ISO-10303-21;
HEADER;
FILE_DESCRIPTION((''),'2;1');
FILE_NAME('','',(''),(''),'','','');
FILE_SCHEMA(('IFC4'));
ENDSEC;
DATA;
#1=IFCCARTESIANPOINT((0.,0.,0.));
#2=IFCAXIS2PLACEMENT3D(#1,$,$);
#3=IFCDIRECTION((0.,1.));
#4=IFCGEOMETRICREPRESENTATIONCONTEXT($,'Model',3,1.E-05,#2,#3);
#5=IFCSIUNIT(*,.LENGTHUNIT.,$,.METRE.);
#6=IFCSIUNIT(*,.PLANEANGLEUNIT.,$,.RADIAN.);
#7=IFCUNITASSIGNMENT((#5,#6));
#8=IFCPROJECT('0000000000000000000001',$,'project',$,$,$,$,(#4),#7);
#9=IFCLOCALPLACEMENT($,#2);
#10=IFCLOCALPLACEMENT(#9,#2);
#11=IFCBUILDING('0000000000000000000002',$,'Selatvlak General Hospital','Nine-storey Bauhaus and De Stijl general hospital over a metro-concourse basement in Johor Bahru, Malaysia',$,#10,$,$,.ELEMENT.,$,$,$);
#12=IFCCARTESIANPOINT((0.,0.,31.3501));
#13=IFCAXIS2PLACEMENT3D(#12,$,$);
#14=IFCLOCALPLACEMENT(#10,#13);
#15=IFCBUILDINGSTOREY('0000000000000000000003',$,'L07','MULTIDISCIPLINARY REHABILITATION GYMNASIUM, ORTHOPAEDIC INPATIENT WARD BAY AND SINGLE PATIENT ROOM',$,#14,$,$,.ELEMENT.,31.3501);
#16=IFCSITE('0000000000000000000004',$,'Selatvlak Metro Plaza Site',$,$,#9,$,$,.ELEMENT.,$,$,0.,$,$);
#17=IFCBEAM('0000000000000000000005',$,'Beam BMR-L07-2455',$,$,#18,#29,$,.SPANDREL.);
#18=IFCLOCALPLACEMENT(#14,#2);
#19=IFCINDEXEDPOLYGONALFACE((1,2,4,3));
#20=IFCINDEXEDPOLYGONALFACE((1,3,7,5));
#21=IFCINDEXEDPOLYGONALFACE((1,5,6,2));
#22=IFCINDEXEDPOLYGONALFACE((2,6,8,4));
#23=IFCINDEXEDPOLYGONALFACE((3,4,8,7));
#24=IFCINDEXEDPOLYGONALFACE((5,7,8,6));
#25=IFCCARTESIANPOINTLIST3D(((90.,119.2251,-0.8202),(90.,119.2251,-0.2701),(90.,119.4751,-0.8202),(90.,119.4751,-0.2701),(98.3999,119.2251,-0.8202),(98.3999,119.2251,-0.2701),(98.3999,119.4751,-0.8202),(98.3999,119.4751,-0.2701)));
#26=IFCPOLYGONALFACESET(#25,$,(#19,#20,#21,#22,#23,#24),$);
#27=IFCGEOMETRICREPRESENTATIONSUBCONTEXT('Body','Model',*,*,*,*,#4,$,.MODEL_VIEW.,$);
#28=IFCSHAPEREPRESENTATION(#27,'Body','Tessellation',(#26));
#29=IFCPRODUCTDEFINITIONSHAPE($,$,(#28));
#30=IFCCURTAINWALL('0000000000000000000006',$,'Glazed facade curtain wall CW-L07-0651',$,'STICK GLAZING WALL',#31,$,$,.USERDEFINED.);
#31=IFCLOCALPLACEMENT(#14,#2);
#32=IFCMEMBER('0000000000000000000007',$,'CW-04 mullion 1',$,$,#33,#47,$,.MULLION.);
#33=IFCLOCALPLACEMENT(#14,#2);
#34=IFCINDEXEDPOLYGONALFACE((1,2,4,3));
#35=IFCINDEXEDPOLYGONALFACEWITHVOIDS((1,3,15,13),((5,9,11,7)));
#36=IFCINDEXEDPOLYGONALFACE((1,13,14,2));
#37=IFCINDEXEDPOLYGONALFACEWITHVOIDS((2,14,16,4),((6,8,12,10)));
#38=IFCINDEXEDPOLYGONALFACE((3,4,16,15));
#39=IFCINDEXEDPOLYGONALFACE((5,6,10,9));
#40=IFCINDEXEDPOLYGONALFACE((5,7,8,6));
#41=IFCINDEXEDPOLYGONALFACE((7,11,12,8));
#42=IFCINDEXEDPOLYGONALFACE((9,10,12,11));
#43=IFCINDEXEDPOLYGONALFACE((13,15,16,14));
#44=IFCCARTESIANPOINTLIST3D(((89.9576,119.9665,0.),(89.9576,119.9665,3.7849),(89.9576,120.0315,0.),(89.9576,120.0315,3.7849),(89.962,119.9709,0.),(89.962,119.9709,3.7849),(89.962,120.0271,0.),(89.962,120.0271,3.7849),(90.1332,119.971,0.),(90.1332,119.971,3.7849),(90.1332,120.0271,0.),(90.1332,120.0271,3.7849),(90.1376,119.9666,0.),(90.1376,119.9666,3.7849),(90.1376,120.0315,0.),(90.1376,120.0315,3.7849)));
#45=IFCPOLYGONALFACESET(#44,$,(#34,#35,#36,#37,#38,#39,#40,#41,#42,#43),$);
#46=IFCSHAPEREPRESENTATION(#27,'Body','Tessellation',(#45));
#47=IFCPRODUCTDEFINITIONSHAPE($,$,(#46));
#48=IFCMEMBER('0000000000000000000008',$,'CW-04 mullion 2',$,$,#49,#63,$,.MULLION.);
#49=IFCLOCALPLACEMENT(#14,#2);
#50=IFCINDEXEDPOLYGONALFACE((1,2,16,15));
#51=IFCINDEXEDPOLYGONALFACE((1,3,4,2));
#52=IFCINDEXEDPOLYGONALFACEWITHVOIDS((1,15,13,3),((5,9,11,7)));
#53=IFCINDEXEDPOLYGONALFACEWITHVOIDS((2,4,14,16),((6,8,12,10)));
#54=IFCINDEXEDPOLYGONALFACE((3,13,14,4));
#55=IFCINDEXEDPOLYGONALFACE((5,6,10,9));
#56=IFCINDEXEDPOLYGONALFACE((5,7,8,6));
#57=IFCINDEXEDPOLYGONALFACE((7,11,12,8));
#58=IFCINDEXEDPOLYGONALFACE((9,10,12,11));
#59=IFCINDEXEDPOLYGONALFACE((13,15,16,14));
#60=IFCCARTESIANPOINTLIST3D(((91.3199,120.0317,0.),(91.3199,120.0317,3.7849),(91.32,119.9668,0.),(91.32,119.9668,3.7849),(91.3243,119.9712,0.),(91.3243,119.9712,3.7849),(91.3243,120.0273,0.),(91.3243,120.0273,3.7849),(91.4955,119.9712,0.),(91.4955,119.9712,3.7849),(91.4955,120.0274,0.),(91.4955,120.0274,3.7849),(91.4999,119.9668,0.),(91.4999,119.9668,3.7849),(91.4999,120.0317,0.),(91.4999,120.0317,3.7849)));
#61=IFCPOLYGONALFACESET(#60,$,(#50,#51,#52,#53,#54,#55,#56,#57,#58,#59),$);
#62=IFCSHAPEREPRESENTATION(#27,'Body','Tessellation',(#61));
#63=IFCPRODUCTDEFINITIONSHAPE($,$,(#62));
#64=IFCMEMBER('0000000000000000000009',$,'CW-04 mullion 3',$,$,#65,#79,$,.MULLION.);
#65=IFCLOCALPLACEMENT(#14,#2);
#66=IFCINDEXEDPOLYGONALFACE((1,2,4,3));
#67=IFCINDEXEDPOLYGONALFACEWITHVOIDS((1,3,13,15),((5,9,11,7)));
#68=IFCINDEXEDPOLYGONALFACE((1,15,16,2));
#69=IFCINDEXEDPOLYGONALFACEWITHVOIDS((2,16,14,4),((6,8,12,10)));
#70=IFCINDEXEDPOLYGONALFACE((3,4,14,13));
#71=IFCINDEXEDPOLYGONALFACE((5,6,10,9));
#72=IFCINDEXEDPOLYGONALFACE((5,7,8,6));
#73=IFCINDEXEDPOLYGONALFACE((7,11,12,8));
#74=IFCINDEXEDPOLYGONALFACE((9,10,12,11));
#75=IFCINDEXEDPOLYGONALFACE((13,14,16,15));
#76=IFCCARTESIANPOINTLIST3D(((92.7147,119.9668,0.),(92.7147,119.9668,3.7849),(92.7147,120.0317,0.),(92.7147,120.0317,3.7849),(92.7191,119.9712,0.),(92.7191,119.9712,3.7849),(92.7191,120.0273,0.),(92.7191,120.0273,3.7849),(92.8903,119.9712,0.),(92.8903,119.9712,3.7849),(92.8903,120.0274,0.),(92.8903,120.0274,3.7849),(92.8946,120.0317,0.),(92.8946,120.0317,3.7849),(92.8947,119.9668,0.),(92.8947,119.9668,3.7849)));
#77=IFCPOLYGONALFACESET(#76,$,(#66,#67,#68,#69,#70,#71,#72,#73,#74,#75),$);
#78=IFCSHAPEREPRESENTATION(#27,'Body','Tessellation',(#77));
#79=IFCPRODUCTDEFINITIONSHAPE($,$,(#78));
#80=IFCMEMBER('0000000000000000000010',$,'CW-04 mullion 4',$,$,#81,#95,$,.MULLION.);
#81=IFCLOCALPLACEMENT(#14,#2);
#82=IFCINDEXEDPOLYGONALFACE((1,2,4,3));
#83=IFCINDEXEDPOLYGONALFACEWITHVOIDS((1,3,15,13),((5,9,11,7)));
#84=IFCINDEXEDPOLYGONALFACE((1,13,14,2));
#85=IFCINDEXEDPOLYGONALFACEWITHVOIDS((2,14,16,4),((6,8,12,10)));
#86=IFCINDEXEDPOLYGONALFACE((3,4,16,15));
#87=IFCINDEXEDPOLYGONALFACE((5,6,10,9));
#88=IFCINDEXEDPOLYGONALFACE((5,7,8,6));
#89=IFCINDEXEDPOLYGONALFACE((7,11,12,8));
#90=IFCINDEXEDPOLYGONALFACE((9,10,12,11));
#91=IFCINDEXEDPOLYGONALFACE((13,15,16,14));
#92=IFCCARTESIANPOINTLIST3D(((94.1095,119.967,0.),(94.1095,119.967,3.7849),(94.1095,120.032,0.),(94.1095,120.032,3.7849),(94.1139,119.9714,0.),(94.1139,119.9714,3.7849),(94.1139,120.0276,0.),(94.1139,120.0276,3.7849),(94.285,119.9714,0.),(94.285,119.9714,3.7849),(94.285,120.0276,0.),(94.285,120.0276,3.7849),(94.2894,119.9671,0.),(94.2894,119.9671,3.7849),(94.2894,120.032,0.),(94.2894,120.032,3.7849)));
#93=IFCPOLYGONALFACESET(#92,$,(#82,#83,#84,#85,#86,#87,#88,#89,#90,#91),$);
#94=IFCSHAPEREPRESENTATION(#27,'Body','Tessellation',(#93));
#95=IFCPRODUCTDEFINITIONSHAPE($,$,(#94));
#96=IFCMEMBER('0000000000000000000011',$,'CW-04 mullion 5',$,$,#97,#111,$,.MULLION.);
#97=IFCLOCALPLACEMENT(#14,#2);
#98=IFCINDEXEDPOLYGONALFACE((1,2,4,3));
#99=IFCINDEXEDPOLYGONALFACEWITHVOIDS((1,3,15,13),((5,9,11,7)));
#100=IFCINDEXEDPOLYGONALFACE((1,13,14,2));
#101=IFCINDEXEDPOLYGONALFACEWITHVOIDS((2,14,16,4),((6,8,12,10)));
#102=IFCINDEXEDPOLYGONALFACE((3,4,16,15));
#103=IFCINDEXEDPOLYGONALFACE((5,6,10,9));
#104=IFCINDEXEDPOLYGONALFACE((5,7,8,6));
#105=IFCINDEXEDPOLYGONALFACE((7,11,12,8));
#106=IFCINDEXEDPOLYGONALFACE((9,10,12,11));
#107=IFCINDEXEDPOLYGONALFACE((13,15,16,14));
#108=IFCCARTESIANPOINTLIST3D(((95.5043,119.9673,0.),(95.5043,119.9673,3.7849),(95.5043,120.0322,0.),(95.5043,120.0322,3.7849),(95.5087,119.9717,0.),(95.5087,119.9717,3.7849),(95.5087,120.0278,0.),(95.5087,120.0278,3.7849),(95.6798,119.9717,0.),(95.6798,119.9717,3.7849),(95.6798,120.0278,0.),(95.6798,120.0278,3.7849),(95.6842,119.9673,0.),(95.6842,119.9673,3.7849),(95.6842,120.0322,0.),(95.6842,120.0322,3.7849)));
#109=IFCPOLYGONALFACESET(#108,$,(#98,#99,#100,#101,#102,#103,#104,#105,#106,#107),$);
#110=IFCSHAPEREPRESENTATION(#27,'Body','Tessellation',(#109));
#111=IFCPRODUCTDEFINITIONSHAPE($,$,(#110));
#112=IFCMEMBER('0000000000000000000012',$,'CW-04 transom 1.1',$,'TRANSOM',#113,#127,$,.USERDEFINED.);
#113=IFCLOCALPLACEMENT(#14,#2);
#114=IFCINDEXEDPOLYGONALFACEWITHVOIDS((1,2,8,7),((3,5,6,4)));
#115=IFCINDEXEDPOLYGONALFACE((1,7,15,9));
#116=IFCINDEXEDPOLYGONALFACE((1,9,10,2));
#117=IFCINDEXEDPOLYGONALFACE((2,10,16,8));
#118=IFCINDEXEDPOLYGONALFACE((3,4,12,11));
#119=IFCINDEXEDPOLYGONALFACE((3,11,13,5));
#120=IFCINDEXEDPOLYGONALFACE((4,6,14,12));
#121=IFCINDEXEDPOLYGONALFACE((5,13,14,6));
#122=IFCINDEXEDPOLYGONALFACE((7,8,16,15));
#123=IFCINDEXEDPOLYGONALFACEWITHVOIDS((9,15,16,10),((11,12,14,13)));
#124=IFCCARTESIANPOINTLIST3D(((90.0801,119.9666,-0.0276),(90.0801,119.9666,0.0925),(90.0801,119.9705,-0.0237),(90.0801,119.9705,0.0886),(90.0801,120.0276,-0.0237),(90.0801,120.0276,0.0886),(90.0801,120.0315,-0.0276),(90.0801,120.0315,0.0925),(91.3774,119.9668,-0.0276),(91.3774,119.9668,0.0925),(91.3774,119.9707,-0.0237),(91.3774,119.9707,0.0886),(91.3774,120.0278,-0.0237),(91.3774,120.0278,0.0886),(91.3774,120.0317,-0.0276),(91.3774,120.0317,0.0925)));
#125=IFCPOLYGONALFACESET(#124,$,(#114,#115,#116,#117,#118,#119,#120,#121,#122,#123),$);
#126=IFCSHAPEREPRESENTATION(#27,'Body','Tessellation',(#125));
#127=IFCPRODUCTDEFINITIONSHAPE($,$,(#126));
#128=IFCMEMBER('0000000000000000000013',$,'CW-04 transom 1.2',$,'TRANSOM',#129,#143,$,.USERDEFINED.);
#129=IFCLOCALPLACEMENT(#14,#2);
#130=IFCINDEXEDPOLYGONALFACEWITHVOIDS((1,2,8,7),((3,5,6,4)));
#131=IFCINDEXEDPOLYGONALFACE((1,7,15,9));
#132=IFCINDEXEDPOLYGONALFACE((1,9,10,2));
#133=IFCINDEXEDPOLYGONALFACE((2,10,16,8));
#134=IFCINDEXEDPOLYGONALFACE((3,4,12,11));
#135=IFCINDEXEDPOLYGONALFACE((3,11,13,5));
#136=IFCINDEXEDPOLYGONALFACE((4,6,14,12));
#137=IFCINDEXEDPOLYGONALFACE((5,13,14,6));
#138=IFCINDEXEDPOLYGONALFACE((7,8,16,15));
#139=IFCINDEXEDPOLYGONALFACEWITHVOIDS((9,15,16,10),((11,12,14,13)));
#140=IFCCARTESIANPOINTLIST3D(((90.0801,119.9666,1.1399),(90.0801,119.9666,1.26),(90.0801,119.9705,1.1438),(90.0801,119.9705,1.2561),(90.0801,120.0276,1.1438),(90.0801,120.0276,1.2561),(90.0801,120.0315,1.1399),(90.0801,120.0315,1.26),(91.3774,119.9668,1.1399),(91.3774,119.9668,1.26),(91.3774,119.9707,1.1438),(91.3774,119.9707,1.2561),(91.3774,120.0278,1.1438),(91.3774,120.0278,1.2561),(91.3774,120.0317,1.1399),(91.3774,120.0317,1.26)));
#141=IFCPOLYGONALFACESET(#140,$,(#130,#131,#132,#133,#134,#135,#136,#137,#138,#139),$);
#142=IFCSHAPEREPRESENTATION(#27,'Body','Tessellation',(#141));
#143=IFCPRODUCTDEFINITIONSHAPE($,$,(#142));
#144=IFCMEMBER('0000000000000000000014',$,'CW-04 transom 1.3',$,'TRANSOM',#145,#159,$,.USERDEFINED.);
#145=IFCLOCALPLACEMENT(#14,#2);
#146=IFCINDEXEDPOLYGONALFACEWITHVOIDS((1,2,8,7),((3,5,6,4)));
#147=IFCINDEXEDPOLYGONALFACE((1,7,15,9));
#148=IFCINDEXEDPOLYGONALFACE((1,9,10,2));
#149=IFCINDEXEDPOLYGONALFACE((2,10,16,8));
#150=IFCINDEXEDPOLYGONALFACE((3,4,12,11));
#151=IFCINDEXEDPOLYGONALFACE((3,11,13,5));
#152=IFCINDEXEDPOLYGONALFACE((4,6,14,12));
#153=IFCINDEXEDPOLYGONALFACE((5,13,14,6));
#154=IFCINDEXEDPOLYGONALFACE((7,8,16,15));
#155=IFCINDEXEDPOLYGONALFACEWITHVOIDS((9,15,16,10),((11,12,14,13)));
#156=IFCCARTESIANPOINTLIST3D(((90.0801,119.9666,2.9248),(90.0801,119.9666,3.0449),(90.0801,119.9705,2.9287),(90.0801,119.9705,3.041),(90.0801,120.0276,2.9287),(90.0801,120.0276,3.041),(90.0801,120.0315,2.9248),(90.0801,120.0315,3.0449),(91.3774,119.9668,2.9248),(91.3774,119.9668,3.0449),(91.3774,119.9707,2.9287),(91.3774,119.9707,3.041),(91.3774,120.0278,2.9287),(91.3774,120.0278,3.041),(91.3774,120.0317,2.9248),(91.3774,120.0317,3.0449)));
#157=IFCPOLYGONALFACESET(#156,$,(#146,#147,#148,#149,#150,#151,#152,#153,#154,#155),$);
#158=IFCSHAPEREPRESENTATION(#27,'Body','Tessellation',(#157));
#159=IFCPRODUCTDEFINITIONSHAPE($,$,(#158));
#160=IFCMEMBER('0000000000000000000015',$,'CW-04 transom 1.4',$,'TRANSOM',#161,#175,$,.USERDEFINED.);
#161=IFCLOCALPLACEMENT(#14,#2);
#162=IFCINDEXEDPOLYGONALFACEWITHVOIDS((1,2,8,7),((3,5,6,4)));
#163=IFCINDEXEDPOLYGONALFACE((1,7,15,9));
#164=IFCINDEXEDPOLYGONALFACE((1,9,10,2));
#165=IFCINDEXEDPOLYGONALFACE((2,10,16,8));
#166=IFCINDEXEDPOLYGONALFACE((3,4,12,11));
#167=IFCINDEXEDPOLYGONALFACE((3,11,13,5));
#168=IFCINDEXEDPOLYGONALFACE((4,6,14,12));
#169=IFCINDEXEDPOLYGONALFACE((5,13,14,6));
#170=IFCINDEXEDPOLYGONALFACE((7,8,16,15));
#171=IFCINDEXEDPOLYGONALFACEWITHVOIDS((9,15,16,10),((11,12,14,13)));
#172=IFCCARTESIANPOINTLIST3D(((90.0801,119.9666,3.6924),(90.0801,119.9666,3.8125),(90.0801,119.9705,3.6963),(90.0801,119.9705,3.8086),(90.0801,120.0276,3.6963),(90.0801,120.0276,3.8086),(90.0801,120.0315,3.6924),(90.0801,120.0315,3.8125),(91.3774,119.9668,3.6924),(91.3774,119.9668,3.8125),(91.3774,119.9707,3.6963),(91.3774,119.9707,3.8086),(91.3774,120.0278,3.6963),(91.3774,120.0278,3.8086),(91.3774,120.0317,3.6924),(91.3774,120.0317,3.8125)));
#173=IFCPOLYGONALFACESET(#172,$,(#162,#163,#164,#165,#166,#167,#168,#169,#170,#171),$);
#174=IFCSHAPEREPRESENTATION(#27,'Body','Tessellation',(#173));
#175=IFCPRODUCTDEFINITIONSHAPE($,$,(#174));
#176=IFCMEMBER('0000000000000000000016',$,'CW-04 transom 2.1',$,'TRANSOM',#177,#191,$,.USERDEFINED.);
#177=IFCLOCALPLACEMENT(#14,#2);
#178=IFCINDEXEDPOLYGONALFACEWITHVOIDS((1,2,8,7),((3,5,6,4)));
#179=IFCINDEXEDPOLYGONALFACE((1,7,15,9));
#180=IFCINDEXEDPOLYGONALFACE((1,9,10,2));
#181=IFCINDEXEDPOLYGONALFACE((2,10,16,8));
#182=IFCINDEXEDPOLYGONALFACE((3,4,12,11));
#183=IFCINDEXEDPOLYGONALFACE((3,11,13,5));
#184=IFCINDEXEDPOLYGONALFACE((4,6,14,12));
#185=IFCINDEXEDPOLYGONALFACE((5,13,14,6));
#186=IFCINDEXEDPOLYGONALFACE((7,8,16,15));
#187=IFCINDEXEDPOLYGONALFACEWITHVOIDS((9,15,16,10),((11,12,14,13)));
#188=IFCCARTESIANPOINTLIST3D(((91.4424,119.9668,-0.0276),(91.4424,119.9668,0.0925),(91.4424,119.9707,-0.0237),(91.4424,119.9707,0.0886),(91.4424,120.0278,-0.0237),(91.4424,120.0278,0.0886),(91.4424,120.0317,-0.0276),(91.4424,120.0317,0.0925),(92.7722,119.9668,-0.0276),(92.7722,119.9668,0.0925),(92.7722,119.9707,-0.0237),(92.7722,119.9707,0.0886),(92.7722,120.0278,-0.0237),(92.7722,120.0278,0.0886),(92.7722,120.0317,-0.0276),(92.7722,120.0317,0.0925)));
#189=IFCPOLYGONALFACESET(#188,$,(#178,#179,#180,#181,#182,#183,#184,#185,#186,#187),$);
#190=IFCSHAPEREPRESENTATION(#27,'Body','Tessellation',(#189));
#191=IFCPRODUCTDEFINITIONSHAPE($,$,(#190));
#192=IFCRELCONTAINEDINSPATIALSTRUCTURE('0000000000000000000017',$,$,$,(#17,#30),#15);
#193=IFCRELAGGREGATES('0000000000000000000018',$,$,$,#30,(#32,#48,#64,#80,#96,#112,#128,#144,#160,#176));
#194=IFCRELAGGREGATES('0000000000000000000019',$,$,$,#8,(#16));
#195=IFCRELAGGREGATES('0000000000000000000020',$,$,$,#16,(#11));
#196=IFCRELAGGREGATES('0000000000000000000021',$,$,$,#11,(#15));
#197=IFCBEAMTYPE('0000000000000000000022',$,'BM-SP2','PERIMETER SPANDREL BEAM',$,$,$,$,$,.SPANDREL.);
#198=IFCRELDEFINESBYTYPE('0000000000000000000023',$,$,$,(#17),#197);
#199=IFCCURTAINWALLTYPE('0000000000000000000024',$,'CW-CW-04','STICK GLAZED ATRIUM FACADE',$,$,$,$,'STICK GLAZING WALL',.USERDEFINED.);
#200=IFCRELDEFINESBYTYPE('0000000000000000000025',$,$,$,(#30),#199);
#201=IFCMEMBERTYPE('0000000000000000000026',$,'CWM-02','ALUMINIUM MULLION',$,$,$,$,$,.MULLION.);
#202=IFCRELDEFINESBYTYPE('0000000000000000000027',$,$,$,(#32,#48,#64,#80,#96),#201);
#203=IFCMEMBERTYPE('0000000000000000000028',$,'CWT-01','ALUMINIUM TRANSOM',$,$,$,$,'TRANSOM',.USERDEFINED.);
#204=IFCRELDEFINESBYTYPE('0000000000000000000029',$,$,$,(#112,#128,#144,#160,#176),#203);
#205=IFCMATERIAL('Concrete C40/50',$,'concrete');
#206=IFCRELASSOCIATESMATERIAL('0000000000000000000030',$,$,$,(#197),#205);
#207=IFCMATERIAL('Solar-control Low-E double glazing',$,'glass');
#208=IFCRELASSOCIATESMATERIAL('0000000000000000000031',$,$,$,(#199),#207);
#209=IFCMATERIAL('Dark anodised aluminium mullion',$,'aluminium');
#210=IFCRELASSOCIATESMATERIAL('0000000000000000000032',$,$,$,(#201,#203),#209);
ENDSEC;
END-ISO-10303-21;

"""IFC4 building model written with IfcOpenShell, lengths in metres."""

from ifc_helpers import new_model, si_unit, direction, frame, origin, origin_2d, place, context, subcontext, project, spatial, rectangle, hollow_rectangle, extrude, material, material_profile, profile_set, type_object, element, aggregate, save


model = new_model("IFC4")

# Units and contexts
model_context = context("Model", 3, precision=1e-05, world=origin(), true_north=direction((0.0, 1.0)))
body_context = subcontext(model_context, "Body", "Model", "MODEL_VIEW")
ifc_project = project(units=[si_unit("LENGTHUNIT", "METRE"), si_unit("PLANEANGLEUNIT", "RADIAN")], contexts=[model_context])

# Site, building, storey
site_placement = place(None, origin())
site = spatial("IfcSite", under=ifc_project, at=site_placement, Name="Selatvlak Metro Plaza Site", CompositionType="ELEMENT", RefElevation=0.0)
building_placement = place(site_placement, origin())
building = spatial("IfcBuilding", under=site, at=building_placement, Name="Selatvlak General Hospital", Description="Nine-storey Bauhaus and De Stijl general hospital over a metro-concourse basement in Johor Bahru, Malaysia", CompositionType="ELEMENT")
storey_placement = place(building_placement, frame((0.0, 0.0, 31.3501)))
storey = spatial("IfcBuildingStorey", under=building, at=storey_placement, Name="L07", Description="MULTIDISCIPLINARY REHABILITATION GYMNASIUM, ORTHOPAEDIC INPATIENT WARD BAY AND SINGLE PATIENT ROOM", CompositionType="ELEMENT", Elevation=31.3501)

# Beam
ifc_material_1 = material(Name="Concrete C40/50", Category="concrete")
ifc_material_profile_1 = material_profile(ifc_material_1, rectangle(XDim=0.25, YDim=0.55, at=origin_2d()), Name="RC-SP 250x550")
ifc_profile_set_1 = profile_set([ifc_material_profile_1], Name="Concrete C40/50")
beam_type = type_object("IfcBeamType", Name="BM-SP2", Description="PERIMETER SPANDREL BEAM", PredefinedType="SPANDREL", material=ifc_profile_set_1)
beam_placement = place(storey_placement, frame((90.0, 119.3501, -0.5452), z_axis=(1.0, 0.0, 0.0), x_axis=(0.0, 1.0, 0.0)))
element("IfcBeam", 1, at=beam_placement, inside=storey, type_object=beam_type, Name="Beam BMR-L07-2455", PredefinedType="SPANDREL", context=body_context, shape_type="SweptSolid", body=[
    extrude(rectangle(XDim=0.25, YDim=0.55, at=origin_2d()), origin(), (0.0, 0.0, 1.0), 8.3999),
])

# Curtain wall, members
ifc_material_2 = material(Name="Solar-control Low-E double glazing", Category="glass")
curtain_wall_type = type_object("IfcCurtainWallType", Name="CW-CW-04", Description="STICK GLAZED ATRIUM FACADE", ElementType="STICK GLAZING WALL", PredefinedType="USERDEFINED", material=ifc_material_2)
curtain_wall_placement = place(storey_placement, origin())
curtain_wall = element("IfcCurtainWall", 2, at=curtain_wall_placement, inside=storey, type_object=curtain_wall_type, Name="Glazed facade curtain wall CW-L07-0651", ObjectType="STICK GLAZING WALL", PredefinedType="USERDEFINED")
ifc_material_3 = material(Name="Dark anodised aluminium mullion", Category="aluminium")
ifc_material_profile_2 = material_profile(ifc_material_3, hollow_rectangle(XDim=0.0649, YDim=0.1799, WallThickness=0.0044, at=origin_2d()), Name="AL-MUL 65x180x4.5")
ifc_profile_set_2 = profile_set([ifc_material_profile_2], Name="Dark anodised aluminium mullion")
member_type_1 = type_object("IfcMemberType", Name="CWM-02", Description="ALUMINIUM MULLION", PredefinedType="MULLION", material=ifc_profile_set_2)
member_1_placement = place(storey_placement, frame((90.0476, 119.999, 0.0), z_axis=(0.0, 0.0, 1.0), x_axis=(-0.000119, 1.0, 0.0)))
member_1 = element("IfcMember", 3, at=member_1_placement, type_object=member_type_1, Name="CW-04 mullion 1", PredefinedType="MULLION", context=body_context, shape_type="SweptSolid", body=[
    extrude(hollow_rectangle(XDim=0.0649, YDim=0.1799, WallThickness=0.0044, at=origin_2d()), origin(), (0.0, 0.0, 1.0), 3.7849),
])
member_2_placement = place(storey_placement, frame((91.4099, 119.9993, 0.0), z_axis=(0.0, 0.0, 1.0), x_axis=(-0.000119, 1.0, 0.0)))
member_2 = element("IfcMember", 4, at=member_2_placement, type_object=member_type_1, Name="CW-04 mullion 2", PredefinedType="MULLION", context=body_context, shape_type="SweptSolid", body=[
    extrude(hollow_rectangle(XDim=0.0649, YDim=0.1799, WallThickness=0.0044, at=origin_2d()), origin(), (0.0, 0.0, 1.0), 3.7849),
])
member_3_placement = place(storey_placement, frame((92.8047, 119.9993, 0.0), z_axis=(0.0, 0.0, 1.0), x_axis=(-0.000119, 1.0, 0.0)))
member_3 = element("IfcMember", 5, at=member_3_placement, type_object=member_type_1, Name="CW-04 mullion 3", PredefinedType="MULLION", context=body_context, shape_type="SweptSolid", body=[
    extrude(hollow_rectangle(XDim=0.0649, YDim=0.1799, WallThickness=0.0044, at=origin_2d()), origin(), (0.0, 0.0, 1.0), 3.7849),
])
member_4_placement = place(storey_placement, frame((94.1995, 119.9995, 0.0), z_axis=(0.0, 0.0, 1.0), x_axis=(-0.000119, 1.0, 0.0)))
member_4 = element("IfcMember", 6, at=member_4_placement, type_object=member_type_1, Name="CW-04 mullion 4", PredefinedType="MULLION", context=body_context, shape_type="SweptSolid", body=[
    extrude(hollow_rectangle(XDim=0.0649, YDim=0.1799, WallThickness=0.0044, at=origin_2d()), origin(), (0.0, 0.0, 1.0), 3.7849),
])
member_5_placement = place(storey_placement, frame((95.5942, 119.9998, 0.0), z_axis=(0.0, 0.0, 1.0), x_axis=(-0.000119, 1.0, 0.0)))
member_5 = element("IfcMember", 7, at=member_5_placement, type_object=member_type_1, Name="CW-04 mullion 5", PredefinedType="MULLION", context=body_context, shape_type="SweptSolid", body=[
    extrude(hollow_rectangle(XDim=0.0649, YDim=0.1799, WallThickness=0.0044, at=origin_2d()), origin(), (0.0, 0.0, 1.0), 3.7849),
])
ifc_material_profile_3 = material_profile(ifc_material_3, hollow_rectangle(XDim=0.0649, YDim=0.1201, WallThickness=0.0039, at=origin_2d()), Name="AL-TRN 65x120x4")
ifc_profile_set_3 = profile_set([ifc_material_profile_3], Name="Dark anodised aluminium mullion")
member_type_2 = type_object("IfcMemberType", Name="CWT-01", Description="ALUMINIUM TRANSOM", ElementType="TRANSOM", PredefinedType="USERDEFINED", material=ifc_profile_set_3)
member_6_placement = place(storey_placement, frame((90.0801, 119.999, 0.0325), z_axis=(1.0, 0.000188, 0.0), x_axis=(-0.000188, 1.0, 0.0)))
member_6 = element("IfcMember", 8, at=member_6_placement, type_object=member_type_2, Name="CW-04 transom 1.1", ObjectType="TRANSOM", PredefinedType="USERDEFINED", context=body_context, shape_type="SweptSolid", body=[
    extrude(hollow_rectangle(XDim=0.0649, YDim=0.1201, WallThickness=0.0039, at=origin_2d()), origin(), (0.0, 0.0, 1.0), 1.2974),
])
member_7_placement = place(storey_placement, frame((90.0801, 119.999, 1.2), z_axis=(1.0, 0.000188, 0.0), x_axis=(-0.000188, 1.0, 0.0)))
member_7 = element("IfcMember", 9, at=member_7_placement, type_object=member_type_2, Name="CW-04 transom 1.2", ObjectType="TRANSOM", PredefinedType="USERDEFINED", context=body_context, shape_type="SweptSolid", body=[
    extrude(hollow_rectangle(XDim=0.0649, YDim=0.1201, WallThickness=0.0039, at=origin_2d()), origin(), (0.0, 0.0, 1.0), 1.2974),
])
member_8_placement = place(storey_placement, frame((90.0801, 119.999, 2.9849), z_axis=(1.0, 0.000188, 0.0), x_axis=(-0.000188, 1.0, 0.0)))
member_8 = element("IfcMember", 10, at=member_8_placement, type_object=member_type_2, Name="CW-04 transom 1.3", ObjectType="TRANSOM", PredefinedType="USERDEFINED", context=body_context, shape_type="SweptSolid", body=[
    extrude(hollow_rectangle(XDim=0.0649, YDim=0.1201, WallThickness=0.0039, at=origin_2d()), origin(), (0.0, 0.0, 1.0), 1.2974),
])
member_9_placement = place(storey_placement, frame((90.0801, 119.999, 3.7524), z_axis=(1.0, 0.000188, 0.0), x_axis=(-0.000188, 1.0, 0.0)))
member_9 = element("IfcMember", 11, at=member_9_placement, type_object=member_type_2, Name="CW-04 transom 1.4", ObjectType="TRANSOM", PredefinedType="USERDEFINED", context=body_context, shape_type="SweptSolid", body=[
    extrude(hollow_rectangle(XDim=0.0649, YDim=0.1201, WallThickness=0.0039, at=origin_2d()), origin(), (0.0, 0.0, 1.0), 1.2974),
])
member_10_placement = place(storey_placement, frame((91.4424, 119.9993, 0.0325), z_axis=(1.0, 0.0, 0.0), x_axis=(0.0, 1.0, 0.0)))
member_10 = element("IfcMember", 12, at=member_10_placement, type_object=member_type_2, Name="CW-04 transom 2.1", ObjectType="TRANSOM", PredefinedType="USERDEFINED", context=body_context, shape_type="SweptSolid", body=[
    extrude(hollow_rectangle(XDim=0.0649, YDim=0.1201, WallThickness=0.0039, at=origin_2d()), origin(), (0.0, 0.0, 1.0), 1.3298),
])
aggregate(curtain_wall, [member_1, member_2, member_3, member_4, member_5, member_6, member_7, member_8, member_9, member_10])

save(model, "model.ifc")
